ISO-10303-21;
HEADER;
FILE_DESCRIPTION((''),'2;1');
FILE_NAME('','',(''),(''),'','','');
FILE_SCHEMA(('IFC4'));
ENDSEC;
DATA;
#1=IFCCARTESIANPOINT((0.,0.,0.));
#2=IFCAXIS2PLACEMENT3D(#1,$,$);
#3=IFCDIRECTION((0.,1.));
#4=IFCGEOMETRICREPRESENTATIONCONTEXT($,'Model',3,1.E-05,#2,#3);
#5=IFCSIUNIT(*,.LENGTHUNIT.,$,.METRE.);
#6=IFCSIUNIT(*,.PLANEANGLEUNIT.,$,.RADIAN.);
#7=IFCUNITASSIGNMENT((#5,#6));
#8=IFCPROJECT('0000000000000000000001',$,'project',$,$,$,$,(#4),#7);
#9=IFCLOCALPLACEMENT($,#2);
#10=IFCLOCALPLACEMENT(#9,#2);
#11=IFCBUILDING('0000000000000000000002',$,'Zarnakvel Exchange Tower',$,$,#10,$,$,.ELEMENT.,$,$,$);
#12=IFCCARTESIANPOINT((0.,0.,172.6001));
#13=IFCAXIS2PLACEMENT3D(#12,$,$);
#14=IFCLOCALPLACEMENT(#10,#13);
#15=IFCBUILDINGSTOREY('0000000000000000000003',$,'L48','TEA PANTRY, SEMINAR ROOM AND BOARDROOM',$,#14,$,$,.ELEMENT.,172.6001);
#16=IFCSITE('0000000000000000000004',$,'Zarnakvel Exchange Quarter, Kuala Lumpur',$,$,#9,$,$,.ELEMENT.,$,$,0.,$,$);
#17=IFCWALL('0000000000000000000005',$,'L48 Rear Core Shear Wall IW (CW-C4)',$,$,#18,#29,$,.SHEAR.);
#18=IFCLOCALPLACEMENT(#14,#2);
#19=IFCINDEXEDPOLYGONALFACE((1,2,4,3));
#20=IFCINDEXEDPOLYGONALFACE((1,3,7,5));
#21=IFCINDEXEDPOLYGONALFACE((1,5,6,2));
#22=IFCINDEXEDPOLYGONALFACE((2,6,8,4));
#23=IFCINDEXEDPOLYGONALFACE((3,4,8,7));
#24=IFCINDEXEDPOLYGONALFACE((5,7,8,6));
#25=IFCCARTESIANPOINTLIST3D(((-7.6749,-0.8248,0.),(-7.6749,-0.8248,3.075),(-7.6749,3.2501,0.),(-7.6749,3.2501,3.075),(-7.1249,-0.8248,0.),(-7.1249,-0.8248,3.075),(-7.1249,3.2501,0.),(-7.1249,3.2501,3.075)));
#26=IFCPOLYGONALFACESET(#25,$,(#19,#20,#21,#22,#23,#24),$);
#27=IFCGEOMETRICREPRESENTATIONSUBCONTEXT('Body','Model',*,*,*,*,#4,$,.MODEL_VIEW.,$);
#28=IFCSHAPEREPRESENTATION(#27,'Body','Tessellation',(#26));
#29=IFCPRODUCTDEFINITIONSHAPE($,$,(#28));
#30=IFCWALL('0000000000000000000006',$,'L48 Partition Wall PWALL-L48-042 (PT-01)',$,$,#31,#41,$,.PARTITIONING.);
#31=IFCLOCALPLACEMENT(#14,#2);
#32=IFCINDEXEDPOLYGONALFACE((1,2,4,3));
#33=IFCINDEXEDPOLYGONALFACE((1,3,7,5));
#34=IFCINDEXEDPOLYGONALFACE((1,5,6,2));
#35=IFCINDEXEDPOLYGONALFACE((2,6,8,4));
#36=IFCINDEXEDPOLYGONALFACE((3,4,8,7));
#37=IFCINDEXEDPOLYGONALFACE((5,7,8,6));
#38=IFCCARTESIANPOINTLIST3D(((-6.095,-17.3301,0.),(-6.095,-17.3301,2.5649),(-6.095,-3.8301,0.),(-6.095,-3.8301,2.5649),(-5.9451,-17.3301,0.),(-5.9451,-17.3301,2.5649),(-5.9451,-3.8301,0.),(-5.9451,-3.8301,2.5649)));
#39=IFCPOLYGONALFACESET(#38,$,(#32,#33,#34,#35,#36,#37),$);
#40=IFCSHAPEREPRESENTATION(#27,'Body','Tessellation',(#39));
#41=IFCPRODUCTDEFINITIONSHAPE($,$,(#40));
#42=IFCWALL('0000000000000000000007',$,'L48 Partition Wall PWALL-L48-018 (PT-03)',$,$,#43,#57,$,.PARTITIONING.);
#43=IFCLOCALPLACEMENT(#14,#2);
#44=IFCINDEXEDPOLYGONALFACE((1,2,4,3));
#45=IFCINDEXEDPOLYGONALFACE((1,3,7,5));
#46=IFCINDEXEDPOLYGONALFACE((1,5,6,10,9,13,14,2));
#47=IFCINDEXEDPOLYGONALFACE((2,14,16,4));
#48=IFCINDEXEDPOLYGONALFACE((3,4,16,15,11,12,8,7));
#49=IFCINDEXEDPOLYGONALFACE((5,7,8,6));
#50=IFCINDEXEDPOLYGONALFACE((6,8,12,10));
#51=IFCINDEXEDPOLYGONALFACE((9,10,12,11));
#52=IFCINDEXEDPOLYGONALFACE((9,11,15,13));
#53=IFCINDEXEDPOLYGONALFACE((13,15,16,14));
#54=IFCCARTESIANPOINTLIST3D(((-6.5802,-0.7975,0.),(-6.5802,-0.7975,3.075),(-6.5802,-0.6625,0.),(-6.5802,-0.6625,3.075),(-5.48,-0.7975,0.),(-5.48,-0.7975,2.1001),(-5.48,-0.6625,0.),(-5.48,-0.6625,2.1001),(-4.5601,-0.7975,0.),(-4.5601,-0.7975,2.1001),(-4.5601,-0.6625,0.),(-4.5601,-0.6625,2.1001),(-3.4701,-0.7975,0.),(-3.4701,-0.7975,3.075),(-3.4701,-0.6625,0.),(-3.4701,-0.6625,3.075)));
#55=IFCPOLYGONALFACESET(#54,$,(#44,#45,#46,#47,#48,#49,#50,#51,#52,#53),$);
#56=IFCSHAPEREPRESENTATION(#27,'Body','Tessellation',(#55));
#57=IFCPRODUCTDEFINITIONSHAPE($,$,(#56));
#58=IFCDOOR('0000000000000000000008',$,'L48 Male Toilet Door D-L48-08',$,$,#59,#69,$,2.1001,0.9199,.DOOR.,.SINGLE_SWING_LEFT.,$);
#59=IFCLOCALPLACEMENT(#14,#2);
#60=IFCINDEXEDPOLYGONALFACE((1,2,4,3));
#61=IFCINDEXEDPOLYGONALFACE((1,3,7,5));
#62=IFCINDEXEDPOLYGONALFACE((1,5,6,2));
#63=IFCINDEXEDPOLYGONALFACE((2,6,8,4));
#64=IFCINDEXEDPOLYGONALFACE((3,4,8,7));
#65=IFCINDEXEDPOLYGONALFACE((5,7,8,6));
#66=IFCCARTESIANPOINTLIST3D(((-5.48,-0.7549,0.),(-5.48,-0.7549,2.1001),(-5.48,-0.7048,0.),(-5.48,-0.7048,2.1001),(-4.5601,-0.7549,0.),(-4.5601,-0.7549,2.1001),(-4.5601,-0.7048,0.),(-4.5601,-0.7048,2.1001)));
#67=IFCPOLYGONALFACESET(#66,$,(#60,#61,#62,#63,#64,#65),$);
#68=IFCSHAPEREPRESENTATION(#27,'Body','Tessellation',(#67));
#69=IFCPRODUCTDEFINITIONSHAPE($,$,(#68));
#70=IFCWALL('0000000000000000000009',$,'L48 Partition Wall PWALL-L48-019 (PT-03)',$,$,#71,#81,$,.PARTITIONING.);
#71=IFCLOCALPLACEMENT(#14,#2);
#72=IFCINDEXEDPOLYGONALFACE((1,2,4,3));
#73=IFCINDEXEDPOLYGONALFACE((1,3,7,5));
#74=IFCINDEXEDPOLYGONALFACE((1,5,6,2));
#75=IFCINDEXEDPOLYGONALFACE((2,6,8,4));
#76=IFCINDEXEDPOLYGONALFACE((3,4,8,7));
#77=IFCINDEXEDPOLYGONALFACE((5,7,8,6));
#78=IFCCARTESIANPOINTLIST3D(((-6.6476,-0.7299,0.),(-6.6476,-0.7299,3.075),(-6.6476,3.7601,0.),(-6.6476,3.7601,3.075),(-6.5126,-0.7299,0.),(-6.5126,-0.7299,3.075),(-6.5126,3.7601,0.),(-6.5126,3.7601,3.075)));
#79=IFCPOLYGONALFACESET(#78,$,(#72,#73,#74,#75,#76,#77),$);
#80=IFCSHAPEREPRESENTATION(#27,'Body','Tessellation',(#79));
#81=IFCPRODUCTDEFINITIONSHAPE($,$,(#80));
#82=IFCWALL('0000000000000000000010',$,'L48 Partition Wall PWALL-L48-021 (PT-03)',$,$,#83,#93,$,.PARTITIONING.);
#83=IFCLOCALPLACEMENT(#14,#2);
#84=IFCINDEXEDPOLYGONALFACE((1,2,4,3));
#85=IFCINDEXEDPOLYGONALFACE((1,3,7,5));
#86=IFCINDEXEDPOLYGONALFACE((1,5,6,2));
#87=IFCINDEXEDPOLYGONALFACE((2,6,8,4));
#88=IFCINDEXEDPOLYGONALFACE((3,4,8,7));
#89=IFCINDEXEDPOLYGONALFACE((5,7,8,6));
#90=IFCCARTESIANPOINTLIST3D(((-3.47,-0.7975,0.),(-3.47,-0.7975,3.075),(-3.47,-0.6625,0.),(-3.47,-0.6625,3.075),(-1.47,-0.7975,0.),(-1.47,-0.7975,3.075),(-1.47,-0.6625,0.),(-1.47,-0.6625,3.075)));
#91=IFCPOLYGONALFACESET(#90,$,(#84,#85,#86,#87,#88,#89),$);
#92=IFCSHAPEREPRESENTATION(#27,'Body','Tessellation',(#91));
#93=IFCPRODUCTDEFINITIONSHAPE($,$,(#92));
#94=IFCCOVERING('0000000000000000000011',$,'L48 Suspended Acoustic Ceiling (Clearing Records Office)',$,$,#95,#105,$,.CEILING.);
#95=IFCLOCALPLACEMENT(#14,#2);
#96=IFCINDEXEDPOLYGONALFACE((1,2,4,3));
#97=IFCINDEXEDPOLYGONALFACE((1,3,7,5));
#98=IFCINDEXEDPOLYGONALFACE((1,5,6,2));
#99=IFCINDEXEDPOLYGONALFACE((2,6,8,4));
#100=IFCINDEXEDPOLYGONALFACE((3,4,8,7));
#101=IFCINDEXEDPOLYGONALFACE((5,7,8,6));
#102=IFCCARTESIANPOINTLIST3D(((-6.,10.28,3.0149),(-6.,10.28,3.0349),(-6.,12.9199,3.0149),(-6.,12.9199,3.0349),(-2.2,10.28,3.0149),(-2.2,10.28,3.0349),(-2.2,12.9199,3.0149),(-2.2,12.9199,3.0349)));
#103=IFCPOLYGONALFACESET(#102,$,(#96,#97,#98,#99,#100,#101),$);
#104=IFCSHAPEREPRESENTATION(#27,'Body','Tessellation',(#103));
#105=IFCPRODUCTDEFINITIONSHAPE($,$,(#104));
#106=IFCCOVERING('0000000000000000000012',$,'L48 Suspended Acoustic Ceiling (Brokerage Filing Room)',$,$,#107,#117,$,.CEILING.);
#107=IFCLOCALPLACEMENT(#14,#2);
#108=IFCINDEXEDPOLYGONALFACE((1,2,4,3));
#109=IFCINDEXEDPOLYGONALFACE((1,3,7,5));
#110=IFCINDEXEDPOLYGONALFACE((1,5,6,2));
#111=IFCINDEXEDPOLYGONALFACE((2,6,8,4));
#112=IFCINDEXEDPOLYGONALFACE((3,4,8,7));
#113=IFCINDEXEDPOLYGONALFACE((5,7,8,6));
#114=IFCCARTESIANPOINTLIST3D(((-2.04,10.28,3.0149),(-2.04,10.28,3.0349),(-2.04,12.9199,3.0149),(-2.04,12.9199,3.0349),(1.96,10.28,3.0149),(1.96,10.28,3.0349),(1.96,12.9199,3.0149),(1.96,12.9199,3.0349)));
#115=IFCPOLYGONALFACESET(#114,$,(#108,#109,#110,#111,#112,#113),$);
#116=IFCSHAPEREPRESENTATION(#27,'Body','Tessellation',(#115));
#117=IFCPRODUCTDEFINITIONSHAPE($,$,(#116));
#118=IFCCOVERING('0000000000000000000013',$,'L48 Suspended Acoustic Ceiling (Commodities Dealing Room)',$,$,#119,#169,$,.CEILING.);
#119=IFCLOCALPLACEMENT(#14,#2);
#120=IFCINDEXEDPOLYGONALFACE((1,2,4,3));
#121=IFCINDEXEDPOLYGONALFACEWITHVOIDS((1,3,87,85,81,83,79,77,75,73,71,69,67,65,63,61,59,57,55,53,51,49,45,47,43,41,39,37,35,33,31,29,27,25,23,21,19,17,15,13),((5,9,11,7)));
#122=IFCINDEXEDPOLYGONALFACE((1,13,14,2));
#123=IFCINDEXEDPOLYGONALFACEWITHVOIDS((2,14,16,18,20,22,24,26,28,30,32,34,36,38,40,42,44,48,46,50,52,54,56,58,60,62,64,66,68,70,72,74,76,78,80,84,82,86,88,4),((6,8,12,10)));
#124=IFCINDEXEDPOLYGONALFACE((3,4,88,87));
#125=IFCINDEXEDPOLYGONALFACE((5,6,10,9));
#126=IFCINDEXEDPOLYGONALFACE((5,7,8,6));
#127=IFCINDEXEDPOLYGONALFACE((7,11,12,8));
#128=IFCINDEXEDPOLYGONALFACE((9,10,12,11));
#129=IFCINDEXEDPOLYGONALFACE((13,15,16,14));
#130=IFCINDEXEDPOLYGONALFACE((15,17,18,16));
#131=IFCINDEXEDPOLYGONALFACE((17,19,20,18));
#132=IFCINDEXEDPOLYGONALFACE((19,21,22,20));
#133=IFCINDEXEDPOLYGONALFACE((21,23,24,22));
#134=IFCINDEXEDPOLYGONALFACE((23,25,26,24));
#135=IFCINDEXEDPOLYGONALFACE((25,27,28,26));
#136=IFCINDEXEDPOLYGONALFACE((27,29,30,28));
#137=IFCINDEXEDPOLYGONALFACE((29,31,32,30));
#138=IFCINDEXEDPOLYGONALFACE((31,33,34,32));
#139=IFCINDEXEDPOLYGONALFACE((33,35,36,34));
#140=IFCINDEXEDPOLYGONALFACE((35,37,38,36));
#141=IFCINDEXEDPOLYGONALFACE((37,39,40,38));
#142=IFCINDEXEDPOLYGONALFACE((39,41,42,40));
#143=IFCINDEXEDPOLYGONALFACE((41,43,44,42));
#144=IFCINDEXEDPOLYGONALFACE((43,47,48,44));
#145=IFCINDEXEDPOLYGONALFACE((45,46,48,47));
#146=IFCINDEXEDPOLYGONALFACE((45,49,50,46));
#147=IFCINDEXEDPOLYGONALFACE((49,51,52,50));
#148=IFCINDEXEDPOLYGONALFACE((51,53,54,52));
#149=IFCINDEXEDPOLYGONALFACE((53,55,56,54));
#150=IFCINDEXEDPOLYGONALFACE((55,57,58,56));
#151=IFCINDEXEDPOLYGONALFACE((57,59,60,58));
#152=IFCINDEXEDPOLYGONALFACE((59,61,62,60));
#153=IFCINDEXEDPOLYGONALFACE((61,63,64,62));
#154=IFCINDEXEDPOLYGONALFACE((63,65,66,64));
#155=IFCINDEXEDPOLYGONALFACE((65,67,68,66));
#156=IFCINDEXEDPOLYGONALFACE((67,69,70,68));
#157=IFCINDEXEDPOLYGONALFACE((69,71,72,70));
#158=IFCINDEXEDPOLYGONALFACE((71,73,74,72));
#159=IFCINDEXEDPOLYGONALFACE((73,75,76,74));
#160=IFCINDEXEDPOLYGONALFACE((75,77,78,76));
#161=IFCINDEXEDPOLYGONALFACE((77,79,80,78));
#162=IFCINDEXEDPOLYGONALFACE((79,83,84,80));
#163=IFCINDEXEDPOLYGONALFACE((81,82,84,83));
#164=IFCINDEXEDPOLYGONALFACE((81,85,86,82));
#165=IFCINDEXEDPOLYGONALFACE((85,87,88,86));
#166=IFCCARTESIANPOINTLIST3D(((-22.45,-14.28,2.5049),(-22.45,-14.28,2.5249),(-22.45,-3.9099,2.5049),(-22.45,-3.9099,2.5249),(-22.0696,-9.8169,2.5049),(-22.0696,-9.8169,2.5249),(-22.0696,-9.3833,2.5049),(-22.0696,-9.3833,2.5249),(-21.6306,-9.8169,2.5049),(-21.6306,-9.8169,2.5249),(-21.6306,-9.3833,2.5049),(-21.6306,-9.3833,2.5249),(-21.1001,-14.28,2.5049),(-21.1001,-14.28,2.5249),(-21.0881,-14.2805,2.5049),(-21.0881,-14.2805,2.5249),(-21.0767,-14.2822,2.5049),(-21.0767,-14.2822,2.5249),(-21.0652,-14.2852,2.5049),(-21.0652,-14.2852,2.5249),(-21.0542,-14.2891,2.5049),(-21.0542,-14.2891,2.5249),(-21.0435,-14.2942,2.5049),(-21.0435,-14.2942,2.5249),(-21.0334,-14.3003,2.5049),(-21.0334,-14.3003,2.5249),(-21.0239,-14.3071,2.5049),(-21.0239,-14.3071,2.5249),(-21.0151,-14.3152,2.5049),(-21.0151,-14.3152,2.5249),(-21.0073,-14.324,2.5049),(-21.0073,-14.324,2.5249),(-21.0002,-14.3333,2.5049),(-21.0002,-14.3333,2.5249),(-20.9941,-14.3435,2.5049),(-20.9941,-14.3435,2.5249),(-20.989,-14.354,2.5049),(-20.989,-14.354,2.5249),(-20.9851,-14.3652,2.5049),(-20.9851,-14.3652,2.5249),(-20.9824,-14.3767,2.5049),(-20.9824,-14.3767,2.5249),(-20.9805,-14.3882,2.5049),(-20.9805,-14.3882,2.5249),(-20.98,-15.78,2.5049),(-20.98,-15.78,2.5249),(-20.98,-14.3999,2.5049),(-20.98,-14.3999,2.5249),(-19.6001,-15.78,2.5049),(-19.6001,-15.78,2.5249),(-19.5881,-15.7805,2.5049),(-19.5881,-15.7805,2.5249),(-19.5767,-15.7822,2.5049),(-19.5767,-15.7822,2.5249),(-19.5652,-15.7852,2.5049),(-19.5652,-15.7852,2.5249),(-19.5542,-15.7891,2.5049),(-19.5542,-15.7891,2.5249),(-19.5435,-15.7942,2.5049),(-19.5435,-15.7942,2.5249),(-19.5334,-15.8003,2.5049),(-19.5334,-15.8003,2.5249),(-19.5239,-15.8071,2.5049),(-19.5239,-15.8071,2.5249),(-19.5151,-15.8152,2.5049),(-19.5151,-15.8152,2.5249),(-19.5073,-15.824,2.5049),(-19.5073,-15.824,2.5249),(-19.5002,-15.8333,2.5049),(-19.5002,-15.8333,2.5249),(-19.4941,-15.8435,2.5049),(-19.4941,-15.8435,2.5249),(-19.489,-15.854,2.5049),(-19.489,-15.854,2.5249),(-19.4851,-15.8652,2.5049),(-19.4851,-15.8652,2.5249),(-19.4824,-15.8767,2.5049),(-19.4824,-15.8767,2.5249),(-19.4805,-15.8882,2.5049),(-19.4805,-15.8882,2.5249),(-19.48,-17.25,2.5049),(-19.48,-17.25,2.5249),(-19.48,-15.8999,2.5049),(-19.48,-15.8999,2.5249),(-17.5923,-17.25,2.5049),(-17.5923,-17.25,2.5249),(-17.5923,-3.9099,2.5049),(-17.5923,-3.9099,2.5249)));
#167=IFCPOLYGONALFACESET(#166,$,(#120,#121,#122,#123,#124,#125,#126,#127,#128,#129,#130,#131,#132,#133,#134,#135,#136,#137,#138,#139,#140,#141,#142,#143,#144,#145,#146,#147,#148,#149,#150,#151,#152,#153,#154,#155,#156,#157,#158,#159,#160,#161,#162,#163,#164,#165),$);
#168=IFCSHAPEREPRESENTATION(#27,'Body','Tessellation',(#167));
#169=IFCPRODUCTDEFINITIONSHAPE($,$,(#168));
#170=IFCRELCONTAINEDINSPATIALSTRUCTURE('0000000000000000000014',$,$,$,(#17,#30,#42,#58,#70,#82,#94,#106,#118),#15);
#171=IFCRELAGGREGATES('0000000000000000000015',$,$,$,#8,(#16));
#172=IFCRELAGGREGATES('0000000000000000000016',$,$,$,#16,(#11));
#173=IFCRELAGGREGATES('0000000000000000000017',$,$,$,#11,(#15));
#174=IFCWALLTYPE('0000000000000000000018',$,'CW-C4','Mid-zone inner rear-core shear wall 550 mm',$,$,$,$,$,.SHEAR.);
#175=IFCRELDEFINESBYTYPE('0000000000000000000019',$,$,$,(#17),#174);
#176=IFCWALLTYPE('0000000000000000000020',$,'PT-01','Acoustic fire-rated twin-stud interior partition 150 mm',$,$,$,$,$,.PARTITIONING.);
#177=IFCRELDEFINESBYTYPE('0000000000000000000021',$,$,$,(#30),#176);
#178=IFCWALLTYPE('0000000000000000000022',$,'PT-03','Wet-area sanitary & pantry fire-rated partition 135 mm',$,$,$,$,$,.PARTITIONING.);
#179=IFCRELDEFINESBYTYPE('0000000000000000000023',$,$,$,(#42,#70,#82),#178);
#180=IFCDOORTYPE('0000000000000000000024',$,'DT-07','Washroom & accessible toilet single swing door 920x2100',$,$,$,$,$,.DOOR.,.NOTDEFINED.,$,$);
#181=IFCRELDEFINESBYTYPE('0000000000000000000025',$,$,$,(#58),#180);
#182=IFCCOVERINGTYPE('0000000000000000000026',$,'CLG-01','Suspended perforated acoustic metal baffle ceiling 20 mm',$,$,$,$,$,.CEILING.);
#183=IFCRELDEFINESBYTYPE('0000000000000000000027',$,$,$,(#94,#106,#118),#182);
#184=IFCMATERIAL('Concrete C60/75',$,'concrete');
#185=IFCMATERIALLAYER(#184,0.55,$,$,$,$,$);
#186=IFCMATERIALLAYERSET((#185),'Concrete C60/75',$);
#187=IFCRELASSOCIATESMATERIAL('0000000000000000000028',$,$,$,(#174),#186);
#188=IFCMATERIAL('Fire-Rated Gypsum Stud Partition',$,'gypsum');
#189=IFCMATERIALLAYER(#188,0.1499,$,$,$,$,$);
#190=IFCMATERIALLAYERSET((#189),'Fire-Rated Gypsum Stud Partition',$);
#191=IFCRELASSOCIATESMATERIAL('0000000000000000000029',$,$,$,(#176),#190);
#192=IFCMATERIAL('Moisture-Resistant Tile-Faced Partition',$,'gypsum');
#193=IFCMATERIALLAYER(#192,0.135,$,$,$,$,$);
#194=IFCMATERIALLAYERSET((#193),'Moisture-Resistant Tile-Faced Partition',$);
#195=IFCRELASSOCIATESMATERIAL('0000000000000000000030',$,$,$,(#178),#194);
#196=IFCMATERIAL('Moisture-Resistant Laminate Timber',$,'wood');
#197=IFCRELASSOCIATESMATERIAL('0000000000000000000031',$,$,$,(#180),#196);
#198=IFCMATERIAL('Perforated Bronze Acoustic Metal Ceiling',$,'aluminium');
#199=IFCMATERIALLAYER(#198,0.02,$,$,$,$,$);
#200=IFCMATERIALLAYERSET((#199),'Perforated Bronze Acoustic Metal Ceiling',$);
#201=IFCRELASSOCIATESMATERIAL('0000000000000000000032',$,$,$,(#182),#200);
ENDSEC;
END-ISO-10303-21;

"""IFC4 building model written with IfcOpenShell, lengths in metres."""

from ifc_helpers import new_model, si_unit, direction, frame, frame_2d, origin, place, context, subcontext, project, spatial, polyline, rectangle, outline, extrude, source, transform, mapped, material, layer, layer_set, type_object, element, fill, save


model = new_model("IFC4")

# Units and contexts
model_context = context("Model", 3, precision=1e-05, world=origin(), true_north=direction((0.0, 1.0)))
body_context = subcontext(model_context, "Body", "Model", "MODEL_VIEW")
ifc_project = project(units=[si_unit("LENGTHUNIT", "METRE"), si_unit("PLANEANGLEUNIT", "RADIAN")], contexts=[model_context])

# Site, building, storey
site_placement = place(None, origin())
site = spatial("IfcSite", under=ifc_project, at=site_placement, Name="Zarnakvel Exchange Quarter, Kuala Lumpur", CompositionType="ELEMENT", RefElevation=0.0)
building_placement = place(site_placement, origin())
building = spatial("IfcBuilding", under=site, at=building_placement, Name="Zarnakvel Exchange Tower", CompositionType="ELEMENT")
storey_placement = place(building_placement, frame((0.0, 0.0, 172.6001)))
storey = spatial("IfcBuildingStorey", under=building, at=storey_placement, Name="L48", Description="TEA PANTRY, SEMINAR ROOM AND BOARDROOM", CompositionType="ELEMENT", Elevation=172.6001)

# Shared definitions
ifc_material_1 = material(Name="Concrete C60/75", Category="concrete")

# Walls
ifc_layer_1 = layer(ifc_material_1, 0.55)
ifc_layer_set_1 = layer_set([ifc_layer_1], Name="Concrete C60/75")
wall_type_1 = type_object("IfcWallType", Name="CW-C4", Description="Mid-zone inner rear-core shear wall 550 mm", PredefinedType="SHEAR", material=ifc_layer_set_1)
wall_1_placement = place(storey_placement, frame((-7.3999, -0.825, 0.0), z_axis=(0.0, 0.0, 1.0), x_axis=(0.0, 1.0, 0.0)))
element("IfcWall", 1, at=wall_1_placement, inside=storey, type_object=wall_type_1, Name="L48 Rear Core Shear Wall IW (CW-C4)", PredefinedType="SHEAR", context=body_context, shape_type="SweptSolid", body=[
    extrude(rectangle(XDim=4.075, YDim=0.55, at=frame_2d((2.0376, 0.0))), origin(), (0.0, 0.0, 1.0), 3.075),
])
ifc_material_2 = material(Name="Fire-Rated Gypsum Stud Partition", Category="gypsum")
ifc_layer_2 = layer(ifc_material_2, 0.1499)
ifc_layer_set_2 = layer_set([ifc_layer_2], Name="Fire-Rated Gypsum Stud Partition")
wall_type_2 = type_object("IfcWallType", Name="PT-01", Description="Acoustic fire-rated twin-stud interior partition 150 mm", PredefinedType="PARTITIONING", material=ifc_layer_set_2)
wall_2_placement = place(storey_placement, frame((-6.02, -3.8301, 0.0), z_axis=(0.0, 0.0, 1.0), x_axis=(0.0, -1.0, 0.0)))
element("IfcWall", 2, at=wall_2_placement, inside=storey, type_object=wall_type_2, Name="L48 Partition Wall PWALL-L48-042 (PT-01)", PredefinedType="PARTITIONING", context=body_context, shape_type="SweptSolid", body=[
    extrude(rectangle(XDim=13.5, YDim=0.1499, at=frame_2d((6.75, 0.0))), origin(), (0.0, 0.0, 1.0), 2.5649),
])

# Wall, opening, door
ifc_material_3 = material(Name="Moisture-Resistant Tile-Faced Partition", Category="gypsum")
ifc_layer_3 = layer(ifc_material_3, 0.135)
ifc_layer_set_3 = layer_set([ifc_layer_3], Name="Moisture-Resistant Tile-Faced Partition")
wall_type_3 = type_object("IfcWallType", Name="PT-03", Description="Wet-area sanitary & pantry fire-rated partition 135 mm", PredefinedType="PARTITIONING", material=ifc_layer_set_3)
wall_3_placement = place(storey_placement, frame((-3.47, -0.73, 0.0), z_axis=(0.0, 0.0, 1.0), x_axis=(-1.0, 0.0, 0.0)))
wall_3 = element("IfcWall", 3, at=wall_3_placement, inside=storey, type_object=wall_type_3, Name="L48 Partition Wall PWALL-L48-018 (PT-03)", PredefinedType="PARTITIONING", context=body_context, shape_type="SweptSolid", body=[
    extrude(rectangle(XDim=3.1101, YDim=0.135, at=frame_2d((1.5552, 0.0))), origin(), (0.0, 0.0, 1.0), 3.075),
])
opening_1_placement = place(wall_3_placement, frame((1.0901, 0.0, 0.0)))
opening_1 = element("IfcOpeningElement", 4, at=opening_1_placement, cuts=wall_3, PredefinedType="OPENING", context=body_context, shape_type="SweptSolid", body=[
    extrude(rectangle(XDim=0.9199, YDim=2.1001, at=frame_2d((0.46, 1.05))), frame((0.0, 0.0774, 0.0), z_axis=(0.0, -1.0, 0.0), x_axis=(1.0, 0.0, 0.0)), (0.0, 0.0, 1.0), 0.155),
])
ifc_material_4 = material(Name="Moisture-Resistant Laminate Timber", Category="wood")
door_type_1 = type_object("IfcDoorType", Name="DT-07", Description="Washroom & accessible toilet single swing door 920x2100", OperationType="NOTDEFINED", PredefinedType="DOOR", material=ifc_material_4)
shared_shape_1 = source(origin(), body_context, "Body", "SweptSolid", [
    extrude(rectangle(XDim=0.9199, YDim=2.1001, at=frame_2d((0.46, 1.05))), frame((0.0, 0.0249, 0.0), z_axis=(0.0, -1.0, 0.0), x_axis=(1.0, 0.0, 0.0)), (0.0, 0.0, 1.0), 0.05),
])
door_1_placement = place(opening_1_placement, origin())
door_1 = element("IfcDoor", 5, at=door_1_placement, inside=storey, type_object=door_type_1, Name="L48 Male Toilet Door D-L48-08", OperationType="SINGLE_SWING_LEFT", OverallHeight=2.1001, OverallWidth=0.9199, PredefinedType="DOOR", context=body_context, shape_type="MappedRepresentation", body=[
    mapped(shared_shape_1, transform((0.0, 0.0, 0.0), x_axis=(1.0, 0.0, 0.0), y_axis=(0.0, 1.0, 0.0), z_axis=(0.0, 0.0, 1.0), scale=1.0)),
])
fill(opening_1, door_1)

# Walls
wall_4_placement = place(storey_placement, frame((-6.5801, -0.73, 0.0), z_axis=(0.0, 0.0, 1.0), x_axis=(0.0, 1.0, 0.0)))
element("IfcWall", 6, at=wall_4_placement, inside=storey, type_object=wall_type_3, Name="L48 Partition Wall PWALL-L48-019 (PT-03)", PredefinedType="PARTITIONING", context=body_context, shape_type="SweptSolid", body=[
    extrude(rectangle(XDim=4.49, YDim=0.135, at=frame_2d((2.2451, 0.0))), origin(), (0.0, 0.0, 1.0), 3.075),
])
wall_5_placement = place(storey_placement, frame((-1.47, -0.73, 0.0), z_axis=(0.0, 0.0, 1.0), x_axis=(-1.0, 0.0, 0.0)))
element("IfcWall", 7, at=wall_5_placement, inside=storey, type_object=wall_type_3, Name="L48 Partition Wall PWALL-L48-021 (PT-03)", PredefinedType="PARTITIONING", context=body_context, shape_type="SweptSolid", body=[
    extrude(rectangle(XDim=2.0, YDim=0.135, at=frame_2d((1.0, 0.0))), origin(), (0.0, 0.0, 1.0), 3.075),
])

# Coverings
ifc_material_5 = material(Name="Perforated Bronze Acoustic Metal Ceiling", Category="aluminium")
ifc_layer_4 = layer(ifc_material_5, 0.02)
ifc_layer_set_4 = layer_set([ifc_layer_4], Name="Perforated Bronze Acoustic Metal Ceiling")
covering_type_1 = type_object("IfcCoveringType", Name="CLG-01", Description="Suspended perforated acoustic metal baffle ceiling 20 mm", PredefinedType="CEILING", material=ifc_layer_set_4)
covering_1_placement = place(storey_placement, frame((0.0, 0.0, 3.0149)))
element("IfcCovering", 8, at=covering_1_placement, inside=storey, type_object=covering_type_1, Name="L48 Suspended Acoustic Ceiling (Clearing Records Office)", PredefinedType="CEILING", context=body_context, shape_type="SweptSolid", body=[
    extrude(outline(polyline([(-6.0, 12.9199), (-2.2, 12.9199), (-2.2, 10.28), (-6.0, 10.28), (-6.0, 12.9199)])), origin(), (0.0, 0.0, 1.0), 0.02),
])
covering_2_placement = place(storey_placement, frame((0.0, 0.0, 3.0149)))
element("IfcCovering", 9, at=covering_2_placement, inside=storey, type_object=covering_type_1, Name="L48 Suspended Acoustic Ceiling (Brokerage Filing Room)", PredefinedType="CEILING", context=body_context, shape_type="SweptSolid", body=[
    extrude(outline(polyline([(-2.04, 12.9199), (1.96, 12.9199), (1.96, 10.28), (-2.04, 10.28), (-2.04, 12.9199)])), origin(), (0.0, 0.0, 1.0), 0.02),
])
covering_3_placement = place(storey_placement, frame((0.0, 0.0, 2.5049)))
element("IfcCovering", 10, at=covering_3_placement, inside=storey, type_object=covering_type_1, Name="L48 Suspended Acoustic Ceiling (Commodities Dealing Room)", PredefinedType="CEILING", context=body_context, shape_type="SweptSolid", body=[
    extrude(outline(polyline([(-17.5923, -3.9099), (-17.5923, -17.25), (-19.48, -17.25), (-19.48, -15.8999), (-19.4805, -15.8882), (-19.4824, -15.8767), (-19.4851, -15.8652), (-19.489, -15.854), (-19.4941, -15.8435), (-19.5002, -15.8333), (-19.5073, -15.824), (-19.5151, -15.8152), (-19.5239, -15.8071), (-19.5334, -15.8003), (-19.5435, -15.7942), (-19.5542, -15.7891), (-19.5652, -15.7852), (-19.5767, -15.7822), (-19.5881, -15.7805), (-19.6001, -15.78), (-20.98, -15.78), (-20.98, -14.3999), (-20.9805, -14.3882), (-20.9824, -14.3767), (-20.9851, -14.3652), (-20.989, -14.354), (-20.9941, -14.3435), (-21.0002, -14.3333), (-21.0073, -14.324), (-21.0151, -14.3152), (-21.0239, -14.3071), (-21.0334, -14.3003), (-21.0435, -14.2942), (-21.0542, -14.2891), (-21.0652, -14.2852), (-21.0767, -14.2822), (-21.0881, -14.2805), (-21.1001, -14.28), (-22.45, -14.28), (-22.45, -3.9099), (-17.5923, -3.9099)]), holes=[polyline([(-21.6306, -9.8169), (-21.6306, -9.3833), (-22.0696, -9.3833), (-22.0696, -9.8169), (-21.6306, -9.8169)])]), origin(), (0.0, 0.0, 1.0), 0.02),
])

save(model, "model.ifc")
